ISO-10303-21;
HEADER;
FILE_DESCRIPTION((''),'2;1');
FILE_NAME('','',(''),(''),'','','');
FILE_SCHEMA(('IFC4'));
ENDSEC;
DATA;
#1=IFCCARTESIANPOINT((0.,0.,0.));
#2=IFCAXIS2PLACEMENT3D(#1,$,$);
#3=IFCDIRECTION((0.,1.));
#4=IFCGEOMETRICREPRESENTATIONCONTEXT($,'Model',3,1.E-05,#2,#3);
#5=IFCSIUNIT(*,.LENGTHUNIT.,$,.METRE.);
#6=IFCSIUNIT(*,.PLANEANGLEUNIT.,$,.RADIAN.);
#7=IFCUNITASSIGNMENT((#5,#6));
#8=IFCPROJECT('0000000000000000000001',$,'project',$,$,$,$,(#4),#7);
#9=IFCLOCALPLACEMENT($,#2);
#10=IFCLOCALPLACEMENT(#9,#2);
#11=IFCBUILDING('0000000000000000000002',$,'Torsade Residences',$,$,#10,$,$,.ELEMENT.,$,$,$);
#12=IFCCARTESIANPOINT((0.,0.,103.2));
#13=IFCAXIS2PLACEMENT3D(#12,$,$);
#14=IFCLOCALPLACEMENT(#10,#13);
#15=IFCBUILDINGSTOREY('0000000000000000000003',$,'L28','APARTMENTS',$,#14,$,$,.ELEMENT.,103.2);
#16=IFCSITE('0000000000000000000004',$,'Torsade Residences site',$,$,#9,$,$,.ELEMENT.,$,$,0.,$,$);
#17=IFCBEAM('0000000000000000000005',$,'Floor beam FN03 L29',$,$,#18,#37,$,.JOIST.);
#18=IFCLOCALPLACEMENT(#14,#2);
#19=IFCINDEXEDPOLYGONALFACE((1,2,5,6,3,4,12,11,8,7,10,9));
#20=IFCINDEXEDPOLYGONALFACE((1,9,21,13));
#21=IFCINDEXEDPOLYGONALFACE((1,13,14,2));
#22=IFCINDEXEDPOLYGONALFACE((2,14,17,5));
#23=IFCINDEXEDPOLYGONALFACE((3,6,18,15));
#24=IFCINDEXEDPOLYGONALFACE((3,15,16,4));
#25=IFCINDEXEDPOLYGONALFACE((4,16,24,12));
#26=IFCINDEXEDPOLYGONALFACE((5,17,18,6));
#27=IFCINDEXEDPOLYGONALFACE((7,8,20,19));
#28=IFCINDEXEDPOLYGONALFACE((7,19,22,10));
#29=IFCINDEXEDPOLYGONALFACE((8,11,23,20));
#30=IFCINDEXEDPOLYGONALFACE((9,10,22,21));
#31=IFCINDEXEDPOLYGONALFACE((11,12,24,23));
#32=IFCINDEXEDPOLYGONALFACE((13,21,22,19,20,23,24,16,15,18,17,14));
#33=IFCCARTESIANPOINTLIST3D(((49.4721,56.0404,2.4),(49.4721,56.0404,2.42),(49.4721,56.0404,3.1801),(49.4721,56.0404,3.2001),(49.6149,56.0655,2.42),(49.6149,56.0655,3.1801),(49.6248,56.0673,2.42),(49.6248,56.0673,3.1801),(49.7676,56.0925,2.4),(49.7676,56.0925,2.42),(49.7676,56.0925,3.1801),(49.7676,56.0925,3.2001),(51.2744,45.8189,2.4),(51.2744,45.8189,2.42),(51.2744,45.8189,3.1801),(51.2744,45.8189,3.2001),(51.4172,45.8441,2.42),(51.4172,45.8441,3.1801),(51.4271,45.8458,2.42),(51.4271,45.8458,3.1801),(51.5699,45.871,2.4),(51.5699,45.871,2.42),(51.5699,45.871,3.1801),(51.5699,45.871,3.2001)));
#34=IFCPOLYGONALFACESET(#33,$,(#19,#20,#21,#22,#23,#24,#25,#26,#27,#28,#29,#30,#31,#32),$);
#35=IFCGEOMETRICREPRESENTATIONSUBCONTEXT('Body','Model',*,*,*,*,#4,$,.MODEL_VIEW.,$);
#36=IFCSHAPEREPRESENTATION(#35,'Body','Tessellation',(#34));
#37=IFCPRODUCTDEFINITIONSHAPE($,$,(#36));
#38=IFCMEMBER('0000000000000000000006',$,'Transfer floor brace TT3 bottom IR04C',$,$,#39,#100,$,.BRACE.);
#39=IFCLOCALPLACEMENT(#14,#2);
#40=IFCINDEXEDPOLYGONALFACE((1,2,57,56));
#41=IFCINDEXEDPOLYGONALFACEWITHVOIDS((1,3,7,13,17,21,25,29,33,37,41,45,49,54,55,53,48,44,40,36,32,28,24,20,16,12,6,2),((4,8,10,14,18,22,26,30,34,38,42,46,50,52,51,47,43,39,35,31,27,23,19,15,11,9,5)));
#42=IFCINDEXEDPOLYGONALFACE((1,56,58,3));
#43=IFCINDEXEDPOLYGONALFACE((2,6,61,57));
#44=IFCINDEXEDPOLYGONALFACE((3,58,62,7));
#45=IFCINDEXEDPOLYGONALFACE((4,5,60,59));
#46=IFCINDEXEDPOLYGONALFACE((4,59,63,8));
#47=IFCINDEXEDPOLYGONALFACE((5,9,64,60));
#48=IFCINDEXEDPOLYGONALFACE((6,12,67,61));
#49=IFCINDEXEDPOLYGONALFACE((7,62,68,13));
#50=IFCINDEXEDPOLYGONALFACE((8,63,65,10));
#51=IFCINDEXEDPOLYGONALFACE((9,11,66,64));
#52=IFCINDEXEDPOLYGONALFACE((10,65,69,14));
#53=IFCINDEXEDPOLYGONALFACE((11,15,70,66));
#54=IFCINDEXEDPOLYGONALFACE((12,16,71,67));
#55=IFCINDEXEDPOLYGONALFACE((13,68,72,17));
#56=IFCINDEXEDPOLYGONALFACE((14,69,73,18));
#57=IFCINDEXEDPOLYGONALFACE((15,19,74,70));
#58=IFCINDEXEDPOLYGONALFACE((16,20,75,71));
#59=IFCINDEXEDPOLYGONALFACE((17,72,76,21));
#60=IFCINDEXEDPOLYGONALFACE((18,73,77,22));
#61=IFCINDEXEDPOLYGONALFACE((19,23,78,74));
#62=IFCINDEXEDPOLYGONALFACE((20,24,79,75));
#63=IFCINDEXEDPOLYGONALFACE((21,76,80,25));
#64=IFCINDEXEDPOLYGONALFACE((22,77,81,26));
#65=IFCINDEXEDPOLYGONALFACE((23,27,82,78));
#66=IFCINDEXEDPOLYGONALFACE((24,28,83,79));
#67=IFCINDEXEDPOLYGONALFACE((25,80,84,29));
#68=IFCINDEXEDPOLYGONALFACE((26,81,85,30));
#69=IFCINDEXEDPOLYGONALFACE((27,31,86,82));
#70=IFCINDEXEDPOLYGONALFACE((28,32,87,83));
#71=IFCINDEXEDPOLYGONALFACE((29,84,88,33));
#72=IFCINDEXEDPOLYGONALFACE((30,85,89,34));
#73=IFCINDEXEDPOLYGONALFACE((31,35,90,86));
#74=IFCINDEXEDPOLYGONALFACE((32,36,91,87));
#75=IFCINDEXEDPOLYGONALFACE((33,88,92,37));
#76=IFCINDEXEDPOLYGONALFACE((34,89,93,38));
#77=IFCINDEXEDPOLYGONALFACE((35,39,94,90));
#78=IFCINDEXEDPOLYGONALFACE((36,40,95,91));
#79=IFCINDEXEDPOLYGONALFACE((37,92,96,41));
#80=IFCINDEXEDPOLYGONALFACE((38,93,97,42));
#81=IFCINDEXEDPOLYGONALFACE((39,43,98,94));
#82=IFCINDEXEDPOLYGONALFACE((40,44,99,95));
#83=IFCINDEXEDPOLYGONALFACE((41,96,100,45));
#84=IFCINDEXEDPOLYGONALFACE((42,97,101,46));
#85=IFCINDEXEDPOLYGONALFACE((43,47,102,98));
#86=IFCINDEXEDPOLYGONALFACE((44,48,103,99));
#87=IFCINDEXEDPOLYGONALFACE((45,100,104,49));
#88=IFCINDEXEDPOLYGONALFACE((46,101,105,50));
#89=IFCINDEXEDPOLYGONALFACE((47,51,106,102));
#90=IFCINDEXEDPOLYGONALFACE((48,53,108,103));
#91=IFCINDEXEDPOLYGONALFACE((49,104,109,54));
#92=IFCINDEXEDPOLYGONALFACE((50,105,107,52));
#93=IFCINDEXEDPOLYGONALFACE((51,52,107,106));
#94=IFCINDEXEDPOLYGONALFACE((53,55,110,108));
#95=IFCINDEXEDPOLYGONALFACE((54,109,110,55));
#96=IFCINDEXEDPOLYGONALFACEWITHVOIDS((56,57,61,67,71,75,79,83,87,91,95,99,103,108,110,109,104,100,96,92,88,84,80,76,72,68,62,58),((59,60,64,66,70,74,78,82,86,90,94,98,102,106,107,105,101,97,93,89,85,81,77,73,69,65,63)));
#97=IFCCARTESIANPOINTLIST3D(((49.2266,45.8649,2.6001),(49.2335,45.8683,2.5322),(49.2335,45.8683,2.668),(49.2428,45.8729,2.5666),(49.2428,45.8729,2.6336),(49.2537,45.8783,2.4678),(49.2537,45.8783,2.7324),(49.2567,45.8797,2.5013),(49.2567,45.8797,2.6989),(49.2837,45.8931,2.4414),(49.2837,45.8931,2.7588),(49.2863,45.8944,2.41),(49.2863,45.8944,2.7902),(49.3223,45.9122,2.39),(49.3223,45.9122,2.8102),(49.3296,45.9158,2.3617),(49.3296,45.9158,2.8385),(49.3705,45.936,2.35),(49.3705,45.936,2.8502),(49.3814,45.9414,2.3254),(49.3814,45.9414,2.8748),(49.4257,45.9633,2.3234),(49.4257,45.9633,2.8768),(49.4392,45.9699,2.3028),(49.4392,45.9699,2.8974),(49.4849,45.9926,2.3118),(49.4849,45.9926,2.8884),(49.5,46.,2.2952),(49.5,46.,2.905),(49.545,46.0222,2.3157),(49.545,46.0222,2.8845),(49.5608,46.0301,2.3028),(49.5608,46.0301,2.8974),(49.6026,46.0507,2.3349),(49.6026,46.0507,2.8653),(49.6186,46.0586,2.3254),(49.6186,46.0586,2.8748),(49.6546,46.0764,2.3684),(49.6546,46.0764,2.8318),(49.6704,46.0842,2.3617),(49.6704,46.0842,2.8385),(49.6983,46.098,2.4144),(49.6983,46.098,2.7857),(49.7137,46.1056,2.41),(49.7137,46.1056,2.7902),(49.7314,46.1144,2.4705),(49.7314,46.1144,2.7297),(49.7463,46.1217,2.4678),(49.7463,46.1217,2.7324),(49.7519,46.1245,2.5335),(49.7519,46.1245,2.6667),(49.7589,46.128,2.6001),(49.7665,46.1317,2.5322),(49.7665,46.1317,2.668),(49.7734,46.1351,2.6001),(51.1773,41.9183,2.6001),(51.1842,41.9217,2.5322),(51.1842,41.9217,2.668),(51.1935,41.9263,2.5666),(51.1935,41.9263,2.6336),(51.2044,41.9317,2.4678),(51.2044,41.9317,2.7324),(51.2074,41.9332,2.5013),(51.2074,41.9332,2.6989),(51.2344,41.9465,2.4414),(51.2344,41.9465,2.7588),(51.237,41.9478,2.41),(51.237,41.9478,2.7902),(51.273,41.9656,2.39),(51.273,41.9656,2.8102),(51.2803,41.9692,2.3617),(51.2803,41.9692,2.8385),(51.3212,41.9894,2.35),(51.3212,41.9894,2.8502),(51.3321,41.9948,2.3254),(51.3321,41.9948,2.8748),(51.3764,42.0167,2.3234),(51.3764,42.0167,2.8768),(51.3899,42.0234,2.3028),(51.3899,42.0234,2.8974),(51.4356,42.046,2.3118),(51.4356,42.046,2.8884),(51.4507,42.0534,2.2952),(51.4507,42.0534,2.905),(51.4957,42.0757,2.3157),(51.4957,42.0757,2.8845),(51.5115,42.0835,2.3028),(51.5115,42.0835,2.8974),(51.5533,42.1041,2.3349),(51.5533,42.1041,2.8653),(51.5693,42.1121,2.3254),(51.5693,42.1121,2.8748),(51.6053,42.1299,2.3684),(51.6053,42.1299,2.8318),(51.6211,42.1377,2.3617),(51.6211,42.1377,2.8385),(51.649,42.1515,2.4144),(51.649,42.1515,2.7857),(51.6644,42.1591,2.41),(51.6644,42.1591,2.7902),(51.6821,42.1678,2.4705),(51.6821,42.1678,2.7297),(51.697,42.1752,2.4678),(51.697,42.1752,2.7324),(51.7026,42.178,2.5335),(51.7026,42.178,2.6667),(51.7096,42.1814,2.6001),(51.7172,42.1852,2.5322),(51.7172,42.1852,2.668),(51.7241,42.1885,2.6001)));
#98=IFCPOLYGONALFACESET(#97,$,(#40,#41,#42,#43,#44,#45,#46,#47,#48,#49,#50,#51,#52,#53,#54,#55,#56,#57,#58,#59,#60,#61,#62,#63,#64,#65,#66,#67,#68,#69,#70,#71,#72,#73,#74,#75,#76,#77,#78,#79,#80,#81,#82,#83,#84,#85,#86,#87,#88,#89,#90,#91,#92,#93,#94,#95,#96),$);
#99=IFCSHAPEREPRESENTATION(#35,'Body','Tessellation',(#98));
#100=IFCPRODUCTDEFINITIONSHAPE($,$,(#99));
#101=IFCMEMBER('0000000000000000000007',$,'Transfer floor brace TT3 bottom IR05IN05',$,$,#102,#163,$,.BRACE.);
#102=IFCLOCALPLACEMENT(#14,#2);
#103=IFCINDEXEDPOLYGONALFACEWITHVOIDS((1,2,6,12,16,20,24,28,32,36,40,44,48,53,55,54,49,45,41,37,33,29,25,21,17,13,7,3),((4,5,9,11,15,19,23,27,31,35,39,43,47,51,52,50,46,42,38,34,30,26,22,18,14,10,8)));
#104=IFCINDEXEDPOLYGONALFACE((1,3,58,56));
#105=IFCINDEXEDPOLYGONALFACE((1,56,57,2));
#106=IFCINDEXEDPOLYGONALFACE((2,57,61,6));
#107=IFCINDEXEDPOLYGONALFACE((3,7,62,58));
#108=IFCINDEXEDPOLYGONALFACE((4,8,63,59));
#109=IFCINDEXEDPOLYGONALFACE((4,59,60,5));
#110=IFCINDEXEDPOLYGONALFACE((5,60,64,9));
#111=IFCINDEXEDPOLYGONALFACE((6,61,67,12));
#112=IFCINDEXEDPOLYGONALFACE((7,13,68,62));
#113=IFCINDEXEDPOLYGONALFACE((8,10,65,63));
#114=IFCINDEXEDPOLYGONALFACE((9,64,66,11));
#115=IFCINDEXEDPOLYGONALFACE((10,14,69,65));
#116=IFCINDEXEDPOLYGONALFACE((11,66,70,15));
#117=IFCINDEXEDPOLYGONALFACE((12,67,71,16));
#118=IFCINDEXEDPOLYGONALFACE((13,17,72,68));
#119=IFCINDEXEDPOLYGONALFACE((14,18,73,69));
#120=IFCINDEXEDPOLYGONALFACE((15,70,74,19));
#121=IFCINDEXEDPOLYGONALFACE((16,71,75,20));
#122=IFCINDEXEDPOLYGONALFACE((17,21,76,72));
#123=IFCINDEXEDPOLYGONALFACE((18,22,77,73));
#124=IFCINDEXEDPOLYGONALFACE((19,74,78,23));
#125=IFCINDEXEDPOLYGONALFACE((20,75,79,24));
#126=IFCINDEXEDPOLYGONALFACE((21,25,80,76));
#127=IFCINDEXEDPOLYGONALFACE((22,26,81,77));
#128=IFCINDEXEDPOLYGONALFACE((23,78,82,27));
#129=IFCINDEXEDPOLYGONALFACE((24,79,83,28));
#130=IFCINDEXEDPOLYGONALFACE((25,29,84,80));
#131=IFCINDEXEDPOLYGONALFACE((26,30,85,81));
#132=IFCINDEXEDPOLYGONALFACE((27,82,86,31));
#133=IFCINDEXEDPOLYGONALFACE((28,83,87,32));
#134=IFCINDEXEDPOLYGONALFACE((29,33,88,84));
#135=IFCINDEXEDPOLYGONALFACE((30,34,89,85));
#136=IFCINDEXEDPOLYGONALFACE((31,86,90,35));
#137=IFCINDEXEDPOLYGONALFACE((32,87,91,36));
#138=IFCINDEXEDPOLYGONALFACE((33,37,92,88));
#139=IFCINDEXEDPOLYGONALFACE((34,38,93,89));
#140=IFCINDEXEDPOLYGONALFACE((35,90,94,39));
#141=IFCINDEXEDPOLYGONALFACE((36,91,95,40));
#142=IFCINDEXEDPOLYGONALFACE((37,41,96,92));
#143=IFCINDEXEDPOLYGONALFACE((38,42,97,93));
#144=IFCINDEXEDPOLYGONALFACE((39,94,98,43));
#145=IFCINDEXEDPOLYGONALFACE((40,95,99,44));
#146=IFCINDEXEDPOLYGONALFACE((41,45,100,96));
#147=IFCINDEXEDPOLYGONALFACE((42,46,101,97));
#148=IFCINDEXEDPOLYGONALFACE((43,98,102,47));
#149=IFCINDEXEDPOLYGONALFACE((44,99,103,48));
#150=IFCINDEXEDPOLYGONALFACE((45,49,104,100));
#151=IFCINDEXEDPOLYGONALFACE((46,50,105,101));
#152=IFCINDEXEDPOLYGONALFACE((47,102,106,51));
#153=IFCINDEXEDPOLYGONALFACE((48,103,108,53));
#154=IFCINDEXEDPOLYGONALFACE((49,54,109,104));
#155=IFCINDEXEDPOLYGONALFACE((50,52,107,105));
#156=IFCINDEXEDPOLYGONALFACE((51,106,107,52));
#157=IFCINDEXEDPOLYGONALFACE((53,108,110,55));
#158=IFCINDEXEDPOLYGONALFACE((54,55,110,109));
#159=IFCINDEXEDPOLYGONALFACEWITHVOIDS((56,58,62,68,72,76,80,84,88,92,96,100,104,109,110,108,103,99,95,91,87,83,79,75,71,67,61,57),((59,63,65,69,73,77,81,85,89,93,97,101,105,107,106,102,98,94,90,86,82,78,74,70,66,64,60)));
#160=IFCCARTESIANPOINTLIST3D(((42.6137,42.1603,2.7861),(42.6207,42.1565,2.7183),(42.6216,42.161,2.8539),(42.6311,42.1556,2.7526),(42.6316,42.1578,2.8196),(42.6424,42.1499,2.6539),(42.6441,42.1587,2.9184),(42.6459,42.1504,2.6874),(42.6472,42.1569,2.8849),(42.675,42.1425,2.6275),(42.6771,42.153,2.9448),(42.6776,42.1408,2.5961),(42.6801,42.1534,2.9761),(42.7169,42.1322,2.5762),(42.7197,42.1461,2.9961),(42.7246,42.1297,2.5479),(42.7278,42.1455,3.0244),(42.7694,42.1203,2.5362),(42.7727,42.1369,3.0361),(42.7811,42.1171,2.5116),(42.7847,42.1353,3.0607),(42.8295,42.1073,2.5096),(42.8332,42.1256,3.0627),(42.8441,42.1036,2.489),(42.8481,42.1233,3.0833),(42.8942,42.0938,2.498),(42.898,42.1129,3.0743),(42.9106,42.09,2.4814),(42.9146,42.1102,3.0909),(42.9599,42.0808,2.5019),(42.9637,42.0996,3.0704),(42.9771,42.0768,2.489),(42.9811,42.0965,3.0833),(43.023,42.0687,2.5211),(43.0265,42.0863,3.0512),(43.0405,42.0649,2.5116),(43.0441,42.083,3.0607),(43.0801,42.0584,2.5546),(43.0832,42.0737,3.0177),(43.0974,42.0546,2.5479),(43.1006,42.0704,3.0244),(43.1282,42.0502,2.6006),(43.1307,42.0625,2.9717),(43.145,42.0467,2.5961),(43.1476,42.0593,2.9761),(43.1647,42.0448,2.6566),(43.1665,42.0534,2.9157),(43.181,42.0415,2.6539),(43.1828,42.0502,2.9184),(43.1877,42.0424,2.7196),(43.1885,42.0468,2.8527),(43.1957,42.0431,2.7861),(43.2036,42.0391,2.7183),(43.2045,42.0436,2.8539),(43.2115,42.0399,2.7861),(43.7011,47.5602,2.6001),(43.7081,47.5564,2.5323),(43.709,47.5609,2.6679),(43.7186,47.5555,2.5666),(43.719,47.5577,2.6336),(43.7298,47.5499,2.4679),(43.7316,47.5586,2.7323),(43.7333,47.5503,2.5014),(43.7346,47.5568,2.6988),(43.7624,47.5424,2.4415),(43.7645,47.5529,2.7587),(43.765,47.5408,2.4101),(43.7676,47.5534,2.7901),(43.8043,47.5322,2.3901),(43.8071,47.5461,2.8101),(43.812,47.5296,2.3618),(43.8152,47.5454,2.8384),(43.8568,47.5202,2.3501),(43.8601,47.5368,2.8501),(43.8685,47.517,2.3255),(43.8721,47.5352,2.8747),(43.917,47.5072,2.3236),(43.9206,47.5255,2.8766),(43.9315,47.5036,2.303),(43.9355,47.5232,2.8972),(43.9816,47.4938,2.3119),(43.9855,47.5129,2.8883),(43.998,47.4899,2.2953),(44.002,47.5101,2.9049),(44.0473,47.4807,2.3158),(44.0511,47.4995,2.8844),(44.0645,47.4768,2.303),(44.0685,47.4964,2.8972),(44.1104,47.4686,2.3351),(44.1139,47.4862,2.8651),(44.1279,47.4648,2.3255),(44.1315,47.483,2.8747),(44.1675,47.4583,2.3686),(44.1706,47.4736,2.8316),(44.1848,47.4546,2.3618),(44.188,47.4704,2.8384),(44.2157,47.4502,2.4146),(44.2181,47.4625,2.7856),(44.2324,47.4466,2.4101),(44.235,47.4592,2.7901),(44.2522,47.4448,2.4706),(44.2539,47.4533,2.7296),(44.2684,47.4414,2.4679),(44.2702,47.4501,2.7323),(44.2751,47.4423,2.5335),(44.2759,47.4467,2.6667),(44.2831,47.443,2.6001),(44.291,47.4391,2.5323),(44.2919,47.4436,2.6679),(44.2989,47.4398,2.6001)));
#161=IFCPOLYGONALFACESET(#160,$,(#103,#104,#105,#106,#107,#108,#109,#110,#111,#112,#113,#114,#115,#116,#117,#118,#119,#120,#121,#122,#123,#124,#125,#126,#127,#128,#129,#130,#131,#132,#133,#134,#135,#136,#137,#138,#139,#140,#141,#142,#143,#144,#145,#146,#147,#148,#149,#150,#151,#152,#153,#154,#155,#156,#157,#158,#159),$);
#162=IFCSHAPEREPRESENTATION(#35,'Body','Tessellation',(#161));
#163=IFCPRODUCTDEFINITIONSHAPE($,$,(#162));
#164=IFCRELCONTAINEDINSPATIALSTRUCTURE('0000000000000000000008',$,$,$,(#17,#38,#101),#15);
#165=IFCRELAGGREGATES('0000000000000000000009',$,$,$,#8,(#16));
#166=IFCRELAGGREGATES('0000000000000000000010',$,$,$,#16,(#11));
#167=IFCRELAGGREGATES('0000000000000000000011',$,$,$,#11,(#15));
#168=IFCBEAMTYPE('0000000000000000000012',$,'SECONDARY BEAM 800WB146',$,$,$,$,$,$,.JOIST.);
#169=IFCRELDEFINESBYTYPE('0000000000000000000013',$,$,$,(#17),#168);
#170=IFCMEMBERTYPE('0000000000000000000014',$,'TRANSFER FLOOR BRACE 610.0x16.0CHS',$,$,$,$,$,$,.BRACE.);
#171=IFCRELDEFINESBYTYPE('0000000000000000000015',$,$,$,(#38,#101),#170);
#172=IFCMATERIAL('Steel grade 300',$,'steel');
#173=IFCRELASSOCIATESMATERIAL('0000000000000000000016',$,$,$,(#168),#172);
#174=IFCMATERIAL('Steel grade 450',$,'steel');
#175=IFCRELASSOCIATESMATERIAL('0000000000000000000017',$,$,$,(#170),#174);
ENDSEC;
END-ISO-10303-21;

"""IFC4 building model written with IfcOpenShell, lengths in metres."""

from ifc_helpers import new_model, si_unit, direction, frame, origin, origin_2d, place, context, subcontext, project, spatial, hollow_circle, i_section, extrude, material, material_profile, profile_set, type_object, element, save


model = new_model("IFC4")

# Units and contexts
model_context = context("Model", 3, precision=1e-05, world=origin(), true_north=direction((0.0, 1.0)))
body_context = subcontext(model_context, "Body", "Model", "MODEL_VIEW")
ifc_project = project(units=[si_unit("LENGTHUNIT", "METRE"), si_unit("PLANEANGLEUNIT", "RADIAN")], contexts=[model_context])

# Site, building, storey
site_placement = place(None, origin())
site = spatial("IfcSite", under=ifc_project, at=site_placement, Name="Torsade Residences site", CompositionType="ELEMENT", RefElevation=0.0)
building_placement = place(site_placement, origin())
building = spatial("IfcBuilding", under=site, at=building_placement, Name="Torsade Residences", CompositionType="ELEMENT")
storey_placement = place(building_placement, frame((0.0, 0.0, 103.2)))
storey = spatial("IfcBuildingStorey", under=building, at=storey_placement, Name="L28", Description="APARTMENTS", CompositionType="ELEMENT", Elevation=103.2)

# Beam
ifc_material_1 = material(Name="Steel grade 300", Category="steel")
ifc_material_profile_1 = material_profile(ifc_material_1, i_section(OverallWidth=0.3, OverallDepth=0.8, WebThickness=0.01, FlangeThickness=0.02, at=origin_2d()), Name="800WB146")
ifc_profile_set_1 = profile_set([ifc_material_profile_1], Name="Steel grade 300")
beam_type_1 = type_object("IfcBeamType", Name="SECONDARY BEAM 800WB146", PredefinedType="JOIST", material=ifc_profile_set_1)
beam_1_placement = place(storey_placement, frame((49.6199, 56.0664, 2.8), z_axis=(0.173642, -0.984809, 0.0), x_axis=(0.984809, 0.173642, 0.0)))
element("IfcBeam", 1, at=beam_1_placement, inside=storey, type_object=beam_type_1, Name="Floor beam FN03 L29", PredefinedType="JOIST", context=body_context, shape_type="SweptSolid", body=[
    extrude(i_section(OverallWidth=0.3, OverallDepth=0.8, WebThickness=0.01, FlangeThickness=0.02, at=origin_2d()), origin(), (0.0, 0.0, 1.0), 10.3792),
])

# Members
ifc_material_2 = material(Name="Steel grade 450", Category="steel")
ifc_material_profile_2 = material_profile(ifc_material_2, hollow_circle(Radius=0.3049, WallThickness=0.0161, at=origin_2d()), Name="610.0x16.0CHS")
ifc_profile_set_2 = profile_set([ifc_material_profile_2], Name="Steel grade 450")
member_type_1 = type_object("IfcMemberType", Name="TRANSFER FLOOR BRACE 610.0x16.0CHS", PredefinedType="BRACE", material=ifc_profile_set_2)
member_1_placement = place(storey_placement, frame((49.5, 46.0, 2.6001), z_axis=(0.443105, -0.89647, 0.0), x_axis=(0.89647, 0.443105, 0.0)))
element("IfcMember", 2, at=member_1_placement, inside=storey, type_object=member_type_1, Name="Transfer floor brace TT3 bottom IR04C", PredefinedType="BRACE", context=body_context, shape_type="SweptSolid", body=[
    extrude(hollow_circle(Radius=0.3049, WallThickness=0.0161, at=origin_2d()), origin(), (0.0, 0.0, 1.0), 4.4023),
])
member_2_placement = place(storey_placement, frame((44.0, 47.5, 2.6001), z_axis=(-0.197299, -0.979762, 0.033754), x_axis=(0.980321, -0.197412, 0.0)))
element("IfcMember", 3, at=member_2_placement, inside=storey, type_object=member_type_1, Name="Transfer floor brace TT3 bottom IR05IN05", PredefinedType="BRACE", context=body_context, shape_type="SweptSolid", body=[
    extrude(hollow_circle(Radius=0.3049, WallThickness=0.0161, at=origin_2d()), origin(), (0.0, 0.0, 1.0), 5.5115),
])

save(model, "model.ifc")
